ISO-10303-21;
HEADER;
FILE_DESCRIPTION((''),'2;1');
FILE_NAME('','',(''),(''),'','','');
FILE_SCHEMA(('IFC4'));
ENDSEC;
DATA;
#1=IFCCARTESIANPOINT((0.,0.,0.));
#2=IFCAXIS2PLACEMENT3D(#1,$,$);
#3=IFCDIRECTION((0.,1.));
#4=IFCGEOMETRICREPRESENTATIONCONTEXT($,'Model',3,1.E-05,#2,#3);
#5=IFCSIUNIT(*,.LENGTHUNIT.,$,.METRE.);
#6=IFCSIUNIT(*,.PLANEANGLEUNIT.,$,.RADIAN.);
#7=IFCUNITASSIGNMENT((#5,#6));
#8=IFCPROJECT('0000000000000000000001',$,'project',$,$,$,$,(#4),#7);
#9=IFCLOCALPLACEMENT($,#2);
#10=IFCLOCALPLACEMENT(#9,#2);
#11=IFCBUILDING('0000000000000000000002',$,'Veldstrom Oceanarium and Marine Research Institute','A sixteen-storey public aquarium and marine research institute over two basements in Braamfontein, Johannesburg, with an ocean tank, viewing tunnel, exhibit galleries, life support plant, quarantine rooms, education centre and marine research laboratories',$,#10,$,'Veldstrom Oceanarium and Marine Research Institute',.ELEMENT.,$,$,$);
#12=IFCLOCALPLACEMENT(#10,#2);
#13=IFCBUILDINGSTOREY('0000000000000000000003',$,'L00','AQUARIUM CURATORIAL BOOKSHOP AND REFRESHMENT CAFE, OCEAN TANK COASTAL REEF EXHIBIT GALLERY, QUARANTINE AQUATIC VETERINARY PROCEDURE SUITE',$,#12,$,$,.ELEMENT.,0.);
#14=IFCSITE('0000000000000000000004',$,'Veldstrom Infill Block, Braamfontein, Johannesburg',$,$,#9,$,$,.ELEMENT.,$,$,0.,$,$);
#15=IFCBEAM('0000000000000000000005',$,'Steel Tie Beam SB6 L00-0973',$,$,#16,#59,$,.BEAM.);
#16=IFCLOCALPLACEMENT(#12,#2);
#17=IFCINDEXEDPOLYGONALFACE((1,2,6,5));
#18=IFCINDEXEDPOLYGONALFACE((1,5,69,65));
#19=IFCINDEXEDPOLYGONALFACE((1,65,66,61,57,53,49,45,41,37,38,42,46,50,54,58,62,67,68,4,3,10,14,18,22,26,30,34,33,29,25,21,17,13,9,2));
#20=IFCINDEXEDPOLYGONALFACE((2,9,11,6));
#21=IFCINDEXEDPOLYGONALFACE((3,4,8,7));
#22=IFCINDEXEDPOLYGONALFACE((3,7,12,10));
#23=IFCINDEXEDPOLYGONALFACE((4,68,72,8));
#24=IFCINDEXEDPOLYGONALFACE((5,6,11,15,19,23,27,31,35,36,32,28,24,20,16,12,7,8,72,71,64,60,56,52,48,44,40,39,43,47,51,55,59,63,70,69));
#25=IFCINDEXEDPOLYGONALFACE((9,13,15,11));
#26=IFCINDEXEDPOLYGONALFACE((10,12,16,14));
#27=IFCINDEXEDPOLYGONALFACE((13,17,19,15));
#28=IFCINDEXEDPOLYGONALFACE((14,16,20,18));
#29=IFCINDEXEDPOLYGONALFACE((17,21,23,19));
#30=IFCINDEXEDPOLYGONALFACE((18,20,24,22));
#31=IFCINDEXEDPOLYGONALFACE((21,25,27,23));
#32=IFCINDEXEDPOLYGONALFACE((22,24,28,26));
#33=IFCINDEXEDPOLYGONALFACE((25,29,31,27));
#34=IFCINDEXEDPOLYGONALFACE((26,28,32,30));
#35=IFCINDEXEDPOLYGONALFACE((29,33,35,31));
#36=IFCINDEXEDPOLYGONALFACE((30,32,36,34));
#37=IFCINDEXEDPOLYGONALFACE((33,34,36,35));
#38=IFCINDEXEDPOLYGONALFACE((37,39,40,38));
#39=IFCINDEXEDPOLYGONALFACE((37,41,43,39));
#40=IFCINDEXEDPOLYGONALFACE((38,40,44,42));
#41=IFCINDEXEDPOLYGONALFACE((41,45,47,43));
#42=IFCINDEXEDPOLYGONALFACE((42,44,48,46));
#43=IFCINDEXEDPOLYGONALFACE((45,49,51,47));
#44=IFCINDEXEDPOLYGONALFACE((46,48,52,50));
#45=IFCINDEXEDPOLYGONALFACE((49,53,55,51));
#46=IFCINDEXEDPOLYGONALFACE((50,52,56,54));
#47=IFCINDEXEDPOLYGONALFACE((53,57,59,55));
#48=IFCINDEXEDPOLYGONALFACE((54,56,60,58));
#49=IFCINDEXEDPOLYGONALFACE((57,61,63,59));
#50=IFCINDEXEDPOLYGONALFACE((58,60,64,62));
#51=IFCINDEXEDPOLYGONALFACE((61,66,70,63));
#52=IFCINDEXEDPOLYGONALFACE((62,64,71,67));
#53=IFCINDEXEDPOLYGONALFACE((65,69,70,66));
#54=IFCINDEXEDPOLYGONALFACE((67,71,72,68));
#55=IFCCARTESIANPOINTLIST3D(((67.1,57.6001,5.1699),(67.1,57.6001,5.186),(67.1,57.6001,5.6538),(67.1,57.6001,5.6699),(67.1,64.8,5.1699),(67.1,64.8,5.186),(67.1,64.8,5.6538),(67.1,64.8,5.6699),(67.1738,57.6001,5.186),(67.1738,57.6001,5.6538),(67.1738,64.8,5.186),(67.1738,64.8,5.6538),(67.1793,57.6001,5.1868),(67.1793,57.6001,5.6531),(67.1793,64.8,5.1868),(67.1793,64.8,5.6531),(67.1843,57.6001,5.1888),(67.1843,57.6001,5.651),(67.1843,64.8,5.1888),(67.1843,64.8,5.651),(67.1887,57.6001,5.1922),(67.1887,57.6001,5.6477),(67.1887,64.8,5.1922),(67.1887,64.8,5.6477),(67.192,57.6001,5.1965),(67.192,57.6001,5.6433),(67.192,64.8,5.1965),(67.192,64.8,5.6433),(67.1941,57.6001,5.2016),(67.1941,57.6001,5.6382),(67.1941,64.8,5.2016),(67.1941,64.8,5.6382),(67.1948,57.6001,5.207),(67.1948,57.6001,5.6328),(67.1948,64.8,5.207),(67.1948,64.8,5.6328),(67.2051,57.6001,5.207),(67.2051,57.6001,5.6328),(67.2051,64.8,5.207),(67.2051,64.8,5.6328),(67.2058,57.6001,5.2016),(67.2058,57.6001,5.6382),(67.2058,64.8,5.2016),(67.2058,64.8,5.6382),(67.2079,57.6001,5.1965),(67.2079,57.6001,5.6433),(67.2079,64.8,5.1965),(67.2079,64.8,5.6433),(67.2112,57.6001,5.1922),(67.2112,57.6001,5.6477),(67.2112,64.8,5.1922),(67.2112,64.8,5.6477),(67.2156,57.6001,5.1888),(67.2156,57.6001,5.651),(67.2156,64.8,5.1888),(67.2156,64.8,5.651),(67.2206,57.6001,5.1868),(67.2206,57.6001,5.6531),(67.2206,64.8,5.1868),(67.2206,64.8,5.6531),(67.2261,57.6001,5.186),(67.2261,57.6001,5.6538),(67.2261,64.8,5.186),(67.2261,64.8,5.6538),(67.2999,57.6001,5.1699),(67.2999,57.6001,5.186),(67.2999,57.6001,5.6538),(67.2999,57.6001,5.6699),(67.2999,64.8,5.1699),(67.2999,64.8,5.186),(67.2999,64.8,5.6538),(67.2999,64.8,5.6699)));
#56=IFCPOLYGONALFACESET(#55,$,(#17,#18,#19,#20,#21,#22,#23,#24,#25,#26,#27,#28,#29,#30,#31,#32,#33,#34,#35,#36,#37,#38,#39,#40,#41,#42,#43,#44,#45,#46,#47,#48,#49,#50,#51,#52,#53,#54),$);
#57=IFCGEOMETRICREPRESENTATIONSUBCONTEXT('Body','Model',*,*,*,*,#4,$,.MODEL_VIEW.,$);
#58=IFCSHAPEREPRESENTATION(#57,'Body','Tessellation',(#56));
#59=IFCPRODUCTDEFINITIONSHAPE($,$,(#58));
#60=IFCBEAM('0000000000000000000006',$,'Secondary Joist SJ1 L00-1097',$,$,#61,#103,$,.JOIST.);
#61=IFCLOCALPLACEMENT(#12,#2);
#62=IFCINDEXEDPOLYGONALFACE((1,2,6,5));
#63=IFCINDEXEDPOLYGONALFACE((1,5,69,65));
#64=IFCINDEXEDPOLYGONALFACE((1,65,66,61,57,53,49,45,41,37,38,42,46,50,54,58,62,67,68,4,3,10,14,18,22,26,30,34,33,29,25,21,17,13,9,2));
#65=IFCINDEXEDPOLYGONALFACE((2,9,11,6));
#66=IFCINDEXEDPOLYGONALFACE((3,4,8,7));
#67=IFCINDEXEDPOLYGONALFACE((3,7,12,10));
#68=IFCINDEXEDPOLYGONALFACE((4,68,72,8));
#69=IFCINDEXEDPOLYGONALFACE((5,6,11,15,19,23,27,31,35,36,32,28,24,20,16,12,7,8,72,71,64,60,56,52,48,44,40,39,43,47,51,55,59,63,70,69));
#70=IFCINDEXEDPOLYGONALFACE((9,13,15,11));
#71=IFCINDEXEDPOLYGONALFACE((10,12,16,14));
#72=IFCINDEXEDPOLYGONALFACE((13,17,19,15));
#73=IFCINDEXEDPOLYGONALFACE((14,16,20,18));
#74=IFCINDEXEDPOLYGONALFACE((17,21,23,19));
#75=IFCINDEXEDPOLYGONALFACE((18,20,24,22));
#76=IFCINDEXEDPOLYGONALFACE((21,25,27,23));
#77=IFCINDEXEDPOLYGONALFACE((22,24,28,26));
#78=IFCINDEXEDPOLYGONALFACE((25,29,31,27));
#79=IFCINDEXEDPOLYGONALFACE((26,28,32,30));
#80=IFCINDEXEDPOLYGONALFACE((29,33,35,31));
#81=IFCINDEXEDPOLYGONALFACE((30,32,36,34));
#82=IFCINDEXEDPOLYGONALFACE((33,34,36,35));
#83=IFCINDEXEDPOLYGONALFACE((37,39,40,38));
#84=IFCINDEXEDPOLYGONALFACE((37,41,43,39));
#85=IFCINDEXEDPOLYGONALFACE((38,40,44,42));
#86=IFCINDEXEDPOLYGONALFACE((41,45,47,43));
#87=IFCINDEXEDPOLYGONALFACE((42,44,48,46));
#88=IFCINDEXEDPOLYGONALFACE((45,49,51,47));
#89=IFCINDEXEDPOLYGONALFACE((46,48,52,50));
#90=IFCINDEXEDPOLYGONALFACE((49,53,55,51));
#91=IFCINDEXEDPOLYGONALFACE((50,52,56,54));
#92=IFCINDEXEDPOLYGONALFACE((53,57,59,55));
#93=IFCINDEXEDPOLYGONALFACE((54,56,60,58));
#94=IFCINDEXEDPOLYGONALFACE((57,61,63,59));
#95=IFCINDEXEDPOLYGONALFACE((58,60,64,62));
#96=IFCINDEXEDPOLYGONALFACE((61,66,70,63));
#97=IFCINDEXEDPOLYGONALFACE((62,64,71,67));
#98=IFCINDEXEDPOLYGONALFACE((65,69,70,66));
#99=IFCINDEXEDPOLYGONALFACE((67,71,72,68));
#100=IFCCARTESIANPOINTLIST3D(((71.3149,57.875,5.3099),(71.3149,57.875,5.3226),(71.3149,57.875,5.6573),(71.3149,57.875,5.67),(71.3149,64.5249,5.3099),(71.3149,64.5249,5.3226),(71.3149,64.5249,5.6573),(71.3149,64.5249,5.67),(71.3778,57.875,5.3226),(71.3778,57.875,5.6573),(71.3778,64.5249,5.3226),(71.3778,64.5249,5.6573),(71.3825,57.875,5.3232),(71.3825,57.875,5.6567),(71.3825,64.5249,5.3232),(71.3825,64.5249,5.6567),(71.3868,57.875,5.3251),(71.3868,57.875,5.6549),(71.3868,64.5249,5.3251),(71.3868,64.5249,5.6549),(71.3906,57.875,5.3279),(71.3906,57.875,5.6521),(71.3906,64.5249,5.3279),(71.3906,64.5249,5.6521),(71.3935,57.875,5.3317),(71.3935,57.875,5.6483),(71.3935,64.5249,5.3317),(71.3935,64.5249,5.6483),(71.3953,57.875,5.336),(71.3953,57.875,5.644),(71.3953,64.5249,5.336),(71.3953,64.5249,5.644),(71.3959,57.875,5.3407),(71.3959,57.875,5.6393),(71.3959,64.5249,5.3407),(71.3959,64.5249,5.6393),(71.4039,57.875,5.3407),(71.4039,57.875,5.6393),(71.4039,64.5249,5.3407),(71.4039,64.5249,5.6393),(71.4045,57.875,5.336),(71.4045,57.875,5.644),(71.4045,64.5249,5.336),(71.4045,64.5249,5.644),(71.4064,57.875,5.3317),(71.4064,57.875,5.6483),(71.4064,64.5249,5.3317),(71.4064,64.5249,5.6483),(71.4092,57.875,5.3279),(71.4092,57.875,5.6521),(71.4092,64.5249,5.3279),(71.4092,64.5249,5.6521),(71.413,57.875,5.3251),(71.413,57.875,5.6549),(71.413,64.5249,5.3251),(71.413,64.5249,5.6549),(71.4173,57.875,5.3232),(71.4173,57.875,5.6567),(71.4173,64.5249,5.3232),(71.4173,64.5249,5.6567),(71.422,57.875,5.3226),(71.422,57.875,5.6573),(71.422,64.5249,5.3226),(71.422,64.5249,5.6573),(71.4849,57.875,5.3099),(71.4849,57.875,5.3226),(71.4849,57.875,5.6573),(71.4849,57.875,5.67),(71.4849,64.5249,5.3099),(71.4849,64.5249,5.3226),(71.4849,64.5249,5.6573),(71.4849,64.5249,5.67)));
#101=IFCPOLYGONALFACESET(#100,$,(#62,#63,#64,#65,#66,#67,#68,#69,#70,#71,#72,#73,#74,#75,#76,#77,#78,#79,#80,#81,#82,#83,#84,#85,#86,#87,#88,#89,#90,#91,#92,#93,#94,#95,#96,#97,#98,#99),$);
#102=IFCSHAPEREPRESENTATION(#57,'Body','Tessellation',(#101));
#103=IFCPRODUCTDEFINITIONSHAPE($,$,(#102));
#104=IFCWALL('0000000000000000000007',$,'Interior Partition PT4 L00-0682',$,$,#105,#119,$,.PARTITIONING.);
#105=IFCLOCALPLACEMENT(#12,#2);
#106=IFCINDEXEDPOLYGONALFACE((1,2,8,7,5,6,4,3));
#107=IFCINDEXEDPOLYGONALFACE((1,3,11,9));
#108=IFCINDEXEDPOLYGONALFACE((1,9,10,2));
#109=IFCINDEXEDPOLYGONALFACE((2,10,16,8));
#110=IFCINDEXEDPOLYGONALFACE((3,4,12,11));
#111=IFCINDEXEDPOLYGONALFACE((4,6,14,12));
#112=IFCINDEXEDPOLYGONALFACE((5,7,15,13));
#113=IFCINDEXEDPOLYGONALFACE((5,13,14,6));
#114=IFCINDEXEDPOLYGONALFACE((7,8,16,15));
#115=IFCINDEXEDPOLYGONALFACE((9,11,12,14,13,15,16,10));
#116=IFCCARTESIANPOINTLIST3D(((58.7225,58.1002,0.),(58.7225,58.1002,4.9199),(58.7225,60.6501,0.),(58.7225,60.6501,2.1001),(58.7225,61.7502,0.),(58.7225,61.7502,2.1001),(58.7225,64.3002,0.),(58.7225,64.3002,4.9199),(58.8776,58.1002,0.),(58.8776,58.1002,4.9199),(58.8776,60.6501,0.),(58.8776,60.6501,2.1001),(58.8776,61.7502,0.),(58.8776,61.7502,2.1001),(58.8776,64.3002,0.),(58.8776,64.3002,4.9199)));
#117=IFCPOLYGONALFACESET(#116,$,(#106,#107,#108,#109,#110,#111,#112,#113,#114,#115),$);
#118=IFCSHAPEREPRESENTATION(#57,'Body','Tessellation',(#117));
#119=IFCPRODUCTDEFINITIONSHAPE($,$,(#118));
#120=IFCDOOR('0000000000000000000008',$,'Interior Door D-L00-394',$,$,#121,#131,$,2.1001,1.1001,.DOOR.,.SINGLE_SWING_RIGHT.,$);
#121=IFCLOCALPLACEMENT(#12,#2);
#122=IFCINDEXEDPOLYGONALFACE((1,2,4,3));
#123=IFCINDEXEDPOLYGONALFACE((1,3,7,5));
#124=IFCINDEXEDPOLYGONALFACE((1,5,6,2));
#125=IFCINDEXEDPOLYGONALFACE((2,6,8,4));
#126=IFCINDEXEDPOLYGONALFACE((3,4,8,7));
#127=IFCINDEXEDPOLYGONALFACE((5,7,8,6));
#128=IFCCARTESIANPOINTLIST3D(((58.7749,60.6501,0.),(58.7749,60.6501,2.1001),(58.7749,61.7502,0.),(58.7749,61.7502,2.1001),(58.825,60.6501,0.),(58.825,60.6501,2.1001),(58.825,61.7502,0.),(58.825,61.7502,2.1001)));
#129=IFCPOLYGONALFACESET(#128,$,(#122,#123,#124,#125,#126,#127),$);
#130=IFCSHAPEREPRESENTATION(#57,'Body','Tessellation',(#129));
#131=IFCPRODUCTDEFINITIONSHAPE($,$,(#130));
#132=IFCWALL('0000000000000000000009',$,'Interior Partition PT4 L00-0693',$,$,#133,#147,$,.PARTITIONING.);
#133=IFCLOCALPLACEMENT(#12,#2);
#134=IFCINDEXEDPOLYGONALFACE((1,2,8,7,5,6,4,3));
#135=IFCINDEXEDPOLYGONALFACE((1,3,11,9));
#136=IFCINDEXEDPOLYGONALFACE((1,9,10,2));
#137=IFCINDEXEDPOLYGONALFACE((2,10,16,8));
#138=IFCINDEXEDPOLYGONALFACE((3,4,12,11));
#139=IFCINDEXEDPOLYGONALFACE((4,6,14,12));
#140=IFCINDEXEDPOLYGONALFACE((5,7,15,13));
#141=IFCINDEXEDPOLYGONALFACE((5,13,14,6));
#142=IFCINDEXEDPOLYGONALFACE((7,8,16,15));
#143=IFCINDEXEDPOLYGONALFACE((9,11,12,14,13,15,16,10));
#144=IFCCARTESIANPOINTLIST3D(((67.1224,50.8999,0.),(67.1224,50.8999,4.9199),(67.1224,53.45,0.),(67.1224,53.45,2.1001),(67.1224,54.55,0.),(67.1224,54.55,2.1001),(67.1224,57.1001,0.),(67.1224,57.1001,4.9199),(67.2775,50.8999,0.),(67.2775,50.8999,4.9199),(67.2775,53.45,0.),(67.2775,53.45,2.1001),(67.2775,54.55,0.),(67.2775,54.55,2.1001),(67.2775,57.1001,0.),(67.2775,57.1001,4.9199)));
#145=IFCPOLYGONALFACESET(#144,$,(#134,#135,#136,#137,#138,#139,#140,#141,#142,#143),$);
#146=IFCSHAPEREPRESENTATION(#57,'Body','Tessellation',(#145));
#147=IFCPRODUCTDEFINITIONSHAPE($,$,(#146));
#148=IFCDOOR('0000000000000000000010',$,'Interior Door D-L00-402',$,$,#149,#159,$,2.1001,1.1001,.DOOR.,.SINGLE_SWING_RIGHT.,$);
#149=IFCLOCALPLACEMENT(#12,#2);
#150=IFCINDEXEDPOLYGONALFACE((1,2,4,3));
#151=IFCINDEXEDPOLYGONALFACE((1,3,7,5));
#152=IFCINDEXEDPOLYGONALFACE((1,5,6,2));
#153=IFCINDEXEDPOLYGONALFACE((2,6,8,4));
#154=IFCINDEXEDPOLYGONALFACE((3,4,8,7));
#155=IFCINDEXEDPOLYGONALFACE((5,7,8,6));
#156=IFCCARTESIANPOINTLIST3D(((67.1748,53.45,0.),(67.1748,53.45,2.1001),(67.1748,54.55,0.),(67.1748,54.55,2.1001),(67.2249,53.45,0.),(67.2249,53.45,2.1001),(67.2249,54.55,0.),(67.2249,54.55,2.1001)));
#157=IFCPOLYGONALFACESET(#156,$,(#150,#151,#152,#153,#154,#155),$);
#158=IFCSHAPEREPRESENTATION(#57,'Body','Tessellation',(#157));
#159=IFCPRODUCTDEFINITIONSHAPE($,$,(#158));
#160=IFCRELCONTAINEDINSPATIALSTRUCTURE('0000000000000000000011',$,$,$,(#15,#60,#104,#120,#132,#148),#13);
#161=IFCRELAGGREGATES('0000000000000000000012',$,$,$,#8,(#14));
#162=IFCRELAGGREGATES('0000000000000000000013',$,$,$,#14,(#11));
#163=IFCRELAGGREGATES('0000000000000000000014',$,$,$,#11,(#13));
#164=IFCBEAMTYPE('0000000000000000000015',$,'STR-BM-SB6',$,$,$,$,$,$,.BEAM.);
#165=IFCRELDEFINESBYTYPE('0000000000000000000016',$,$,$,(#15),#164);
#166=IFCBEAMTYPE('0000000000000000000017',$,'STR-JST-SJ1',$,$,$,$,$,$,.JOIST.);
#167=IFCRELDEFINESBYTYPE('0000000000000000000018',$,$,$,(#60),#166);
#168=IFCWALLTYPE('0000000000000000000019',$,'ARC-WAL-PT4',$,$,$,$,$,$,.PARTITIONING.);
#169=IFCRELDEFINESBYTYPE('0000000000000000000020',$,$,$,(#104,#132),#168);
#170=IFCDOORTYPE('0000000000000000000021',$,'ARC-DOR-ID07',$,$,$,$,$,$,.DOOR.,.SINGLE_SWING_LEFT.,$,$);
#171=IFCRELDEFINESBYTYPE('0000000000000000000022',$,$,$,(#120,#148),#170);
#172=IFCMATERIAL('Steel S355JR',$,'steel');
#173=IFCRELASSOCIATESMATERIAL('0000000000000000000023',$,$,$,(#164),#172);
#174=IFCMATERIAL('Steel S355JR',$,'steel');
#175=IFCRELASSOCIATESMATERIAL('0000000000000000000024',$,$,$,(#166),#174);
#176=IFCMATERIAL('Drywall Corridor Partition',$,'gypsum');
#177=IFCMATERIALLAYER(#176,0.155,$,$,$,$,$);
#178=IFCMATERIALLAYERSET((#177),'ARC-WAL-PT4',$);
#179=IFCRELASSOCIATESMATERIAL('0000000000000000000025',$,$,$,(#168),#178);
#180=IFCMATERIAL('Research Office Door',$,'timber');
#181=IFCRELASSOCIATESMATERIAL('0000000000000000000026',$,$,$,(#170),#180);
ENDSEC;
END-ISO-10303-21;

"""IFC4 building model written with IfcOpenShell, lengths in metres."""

from ifc_helpers import new_model, si_unit, direction, frame, frame_2d, origin, origin_2d, place, context, subcontext, project, spatial, rectangle, i_section, extrude, material, layer, layer_set, material_profile, profile_set, type_object, element, fill, save


model = new_model("IFC4")

# Units and contexts
model_context = context("Model", 3, precision=1e-05, world=origin(), true_north=direction((0.0, 1.0)))
body_context = subcontext(model_context, "Body", "Model", "MODEL_VIEW")
ifc_project = project(units=[si_unit("LENGTHUNIT", "METRE"), si_unit("PLANEANGLEUNIT", "RADIAN")], contexts=[model_context])

# Site, building, storey
site_placement = place(None, origin())
site = spatial("IfcSite", under=ifc_project, at=site_placement, Name="Veldstrom Infill Block, Braamfontein, Johannesburg", CompositionType="ELEMENT", RefElevation=0.0)
building_placement = place(site_placement, origin())
building = spatial("IfcBuilding", under=site, at=building_placement, Name="Veldstrom Oceanarium and Marine Research Institute", Description="A sixteen-storey public aquarium and marine research institute over two basements in Braamfontein, Johannesburg, with an ocean tank, viewing tunnel, exhibit galleries, life support plant, quarantine rooms, education centre and marine research laboratories", LongName="Veldstrom Oceanarium and Marine Research Institute", CompositionType="ELEMENT")
storey_placement = place(building_placement, origin())
storey = spatial("IfcBuildingStorey", under=building, at=storey_placement, Name="L00", Description="AQUARIUM CURATORIAL BOOKSHOP AND REFRESHMENT CAFE, OCEAN TANK COASTAL REEF EXHIBIT GALLERY, QUARANTINE AQUATIC VETERINARY PROCEDURE SUITE", CompositionType="ELEMENT", Elevation=0.0)

# Beams
ifc_material_1 = material(Name="Steel S355JR", Category="steel")
ifc_material_profile_1 = material_profile(ifc_material_1, i_section(OverallWidth=0.2, OverallDepth=0.5, WebThickness=0.0103, FlangeThickness=0.0161, FilletRadius=0.021, at=origin_2d()), Name="IPE 500")
ifc_profile_set_1 = profile_set([ifc_material_profile_1], Name="Steel S355JR")
beam_type_1 = type_object("IfcBeamType", Name="STR-BM-SB6", PredefinedType="BEAM", material=ifc_profile_set_1)
for number, where, z_axis, x_axis, name in (
    (1, (67.2, 57.6001, 5.4199), (0.0, 1.0, 0.0), (-1.0, 0.0, 0.0), "Steel Tie Beam SB6 L00-0973"),
):
    element("IfcBeam", number, at=place(storey_placement, frame(where, z_axis=z_axis, x_axis=x_axis)), inside=storey, type_object=beam_type_1, Name=name, PredefinedType="BEAM", context=body_context, shape_type="SweptSolid", body=[
        extrude(i_section(OverallWidth=0.2, OverallDepth=0.5, WebThickness=0.0103, FlangeThickness=0.0161, FilletRadius=0.021, at=origin_2d()), origin(), (0.0, 0.0, 1.0), 7.2),
    ])
ifc_material_2 = material(Name="Steel S355JR", Category="steel")
ifc_material_profile_2 = material_profile(ifc_material_2, i_section(OverallWidth=0.1699, OverallDepth=0.3601, WebThickness=0.0081, FlangeThickness=0.0127, FilletRadius=0.0181, at=origin_2d()), Name="IPE 360")
ifc_profile_set_2 = profile_set([ifc_material_profile_2], Name="Steel S355JR")
beam_type_2 = type_object("IfcBeamType", Name="STR-JST-SJ1", PredefinedType="JOIST", material=ifc_profile_set_2)
beam_1_placement = place(storey_placement, frame((71.3999, 57.875, 5.49), z_axis=(0.0, 1.0, 0.0), x_axis=(-1.0, 0.0, 0.0)))
element("IfcBeam", 2, at=beam_1_placement, inside=storey, type_object=beam_type_2, Name="Secondary Joist SJ1 L00-1097", PredefinedType="JOIST", context=body_context, shape_type="SweptSolid", body=[
    extrude(i_section(OverallWidth=0.1699, OverallDepth=0.3601, WebThickness=0.0081, FlangeThickness=0.0127, FilletRadius=0.0181, at=origin_2d()), origin(), (0.0, 0.0, 1.0), 6.6499),
])

# Walls, openings, doors
ifc_material_3 = material(Name="Drywall Corridor Partition", Category="gypsum")
ifc_layer_1 = layer(ifc_material_3, 0.155)
ifc_layer_set_1 = layer_set([ifc_layer_1], Name="ARC-WAL-PT4")
wall_type_1 = type_object("IfcWallType", Name="ARC-WAL-PT4", PredefinedType="PARTITIONING", material=ifc_layer_set_1)
wall_1_placement = place(storey_placement, frame((58.8, 58.1001, 0.0), z_axis=(0.0, 0.0, 1.0), x_axis=(0.0, 1.0, 0.0)))
wall_1 = element("IfcWall", 3, at=wall_1_placement, inside=storey, type_object=wall_type_1, Name="Interior Partition PT4 L00-0682", PredefinedType="PARTITIONING", context=body_context, shape_type="SweptSolid", body=[
    extrude(rectangle(XDim=6.2, YDim=0.155, at=frame_2d((3.1001, 0.0))), origin(), (0.0, 0.0, 1.0), 4.9199),
])
opening_1_placement = place(wall_1_placement, frame((2.55, 0.0, 0.0)))
opening_1 = element("IfcOpeningElement", 4, at=opening_1_placement, cuts=wall_1, PredefinedType="OPENING", context=body_context, shape_type="SweptSolid", body=[
    extrude(rectangle(XDim=1.1001, YDim=2.1001, at=frame_2d((0.55, 1.05))), frame((0.0, 0.0874, 0.0), z_axis=(0.0, -1.0, 0.0), x_axis=(1.0, 0.0, 0.0)), (0.0, 0.0, 1.0), 0.175),
])
ifc_material_4 = material(Name="Research Office Door", Category="timber")
door_type_1 = type_object("IfcDoorType", Name="ARC-DOR-ID07", OperationType="SINGLE_SWING_LEFT", PredefinedType="DOOR", material=ifc_material_4)
door_1_placement = place(opening_1_placement, frame((1.1001, 0.0, 0.0), z_axis=(0.0, 0.0, 1.0), x_axis=(-1.0, 0.0, 0.0)))
door_1 = element("IfcDoor", 5, at=door_1_placement, inside=storey, type_object=door_type_1, Name="Interior Door D-L00-394", OperationType="SINGLE_SWING_RIGHT", OverallHeight=2.1001, OverallWidth=1.1001, PredefinedType="DOOR", context=body_context, shape_type="SweptSolid", body=[
    extrude(rectangle(XDim=1.1001, YDim=2.1001, at=frame_2d((0.55, 1.05))), frame((0.0, 0.0249, 0.0), z_axis=(0.0, -1.0, 0.0), x_axis=(1.0, 0.0, 0.0)), (0.0, 0.0, 1.0), 0.05),
])
fill(opening_1, door_1)
wall_2_placement = place(storey_placement, frame((67.2, 50.8999, 0.0), z_axis=(0.0, 0.0, 1.0), x_axis=(0.0, 1.0, 0.0)))
wall_2 = element("IfcWall", 6, at=wall_2_placement, inside=storey, type_object=wall_type_1, Name="Interior Partition PT4 L00-0693", PredefinedType="PARTITIONING", context=body_context, shape_type="SweptSolid", body=[
    extrude(rectangle(XDim=6.2002, YDim=0.155, at=frame_2d((3.1001, 0.0))), origin(), (0.0, 0.0, 1.0), 4.9199),
])
opening_2_placement = place(wall_2_placement, frame((2.55, 0.0, 0.0)))
opening_2 = element("IfcOpeningElement", 7, at=opening_2_placement, cuts=wall_2, PredefinedType="OPENING", context=body_context, shape_type="SweptSolid", body=[
    extrude(rectangle(XDim=1.1001, YDim=2.1001, at=frame_2d((0.55, 1.05))), frame((0.0, 0.0874, 0.0), z_axis=(0.0, -1.0, 0.0), x_axis=(1.0, 0.0, 0.0)), (0.0, 0.0, 1.0), 0.175),
])
door_2_placement = place(opening_2_placement, frame((1.1001, 0.0, 0.0), z_axis=(0.0, 0.0, 1.0), x_axis=(-1.0, 0.0, 0.0)))
door_2 = element("IfcDoor", 8, at=door_2_placement, inside=storey, type_object=door_type_1, Name="Interior Door D-L00-402", OperationType="SINGLE_SWING_RIGHT", OverallHeight=2.1001, OverallWidth=1.1001, PredefinedType="DOOR", context=body_context, shape_type="SweptSolid", body=[
    extrude(rectangle(XDim=1.1001, YDim=2.1001, at=frame_2d((0.55, 1.05))), frame((0.0, 0.0249, 0.0), z_axis=(0.0, -1.0, 0.0), x_axis=(1.0, 0.0, 0.0)), (0.0, 0.0, 1.0), 0.05),
])
fill(opening_2, door_2)

save(model, "model.ifc")
